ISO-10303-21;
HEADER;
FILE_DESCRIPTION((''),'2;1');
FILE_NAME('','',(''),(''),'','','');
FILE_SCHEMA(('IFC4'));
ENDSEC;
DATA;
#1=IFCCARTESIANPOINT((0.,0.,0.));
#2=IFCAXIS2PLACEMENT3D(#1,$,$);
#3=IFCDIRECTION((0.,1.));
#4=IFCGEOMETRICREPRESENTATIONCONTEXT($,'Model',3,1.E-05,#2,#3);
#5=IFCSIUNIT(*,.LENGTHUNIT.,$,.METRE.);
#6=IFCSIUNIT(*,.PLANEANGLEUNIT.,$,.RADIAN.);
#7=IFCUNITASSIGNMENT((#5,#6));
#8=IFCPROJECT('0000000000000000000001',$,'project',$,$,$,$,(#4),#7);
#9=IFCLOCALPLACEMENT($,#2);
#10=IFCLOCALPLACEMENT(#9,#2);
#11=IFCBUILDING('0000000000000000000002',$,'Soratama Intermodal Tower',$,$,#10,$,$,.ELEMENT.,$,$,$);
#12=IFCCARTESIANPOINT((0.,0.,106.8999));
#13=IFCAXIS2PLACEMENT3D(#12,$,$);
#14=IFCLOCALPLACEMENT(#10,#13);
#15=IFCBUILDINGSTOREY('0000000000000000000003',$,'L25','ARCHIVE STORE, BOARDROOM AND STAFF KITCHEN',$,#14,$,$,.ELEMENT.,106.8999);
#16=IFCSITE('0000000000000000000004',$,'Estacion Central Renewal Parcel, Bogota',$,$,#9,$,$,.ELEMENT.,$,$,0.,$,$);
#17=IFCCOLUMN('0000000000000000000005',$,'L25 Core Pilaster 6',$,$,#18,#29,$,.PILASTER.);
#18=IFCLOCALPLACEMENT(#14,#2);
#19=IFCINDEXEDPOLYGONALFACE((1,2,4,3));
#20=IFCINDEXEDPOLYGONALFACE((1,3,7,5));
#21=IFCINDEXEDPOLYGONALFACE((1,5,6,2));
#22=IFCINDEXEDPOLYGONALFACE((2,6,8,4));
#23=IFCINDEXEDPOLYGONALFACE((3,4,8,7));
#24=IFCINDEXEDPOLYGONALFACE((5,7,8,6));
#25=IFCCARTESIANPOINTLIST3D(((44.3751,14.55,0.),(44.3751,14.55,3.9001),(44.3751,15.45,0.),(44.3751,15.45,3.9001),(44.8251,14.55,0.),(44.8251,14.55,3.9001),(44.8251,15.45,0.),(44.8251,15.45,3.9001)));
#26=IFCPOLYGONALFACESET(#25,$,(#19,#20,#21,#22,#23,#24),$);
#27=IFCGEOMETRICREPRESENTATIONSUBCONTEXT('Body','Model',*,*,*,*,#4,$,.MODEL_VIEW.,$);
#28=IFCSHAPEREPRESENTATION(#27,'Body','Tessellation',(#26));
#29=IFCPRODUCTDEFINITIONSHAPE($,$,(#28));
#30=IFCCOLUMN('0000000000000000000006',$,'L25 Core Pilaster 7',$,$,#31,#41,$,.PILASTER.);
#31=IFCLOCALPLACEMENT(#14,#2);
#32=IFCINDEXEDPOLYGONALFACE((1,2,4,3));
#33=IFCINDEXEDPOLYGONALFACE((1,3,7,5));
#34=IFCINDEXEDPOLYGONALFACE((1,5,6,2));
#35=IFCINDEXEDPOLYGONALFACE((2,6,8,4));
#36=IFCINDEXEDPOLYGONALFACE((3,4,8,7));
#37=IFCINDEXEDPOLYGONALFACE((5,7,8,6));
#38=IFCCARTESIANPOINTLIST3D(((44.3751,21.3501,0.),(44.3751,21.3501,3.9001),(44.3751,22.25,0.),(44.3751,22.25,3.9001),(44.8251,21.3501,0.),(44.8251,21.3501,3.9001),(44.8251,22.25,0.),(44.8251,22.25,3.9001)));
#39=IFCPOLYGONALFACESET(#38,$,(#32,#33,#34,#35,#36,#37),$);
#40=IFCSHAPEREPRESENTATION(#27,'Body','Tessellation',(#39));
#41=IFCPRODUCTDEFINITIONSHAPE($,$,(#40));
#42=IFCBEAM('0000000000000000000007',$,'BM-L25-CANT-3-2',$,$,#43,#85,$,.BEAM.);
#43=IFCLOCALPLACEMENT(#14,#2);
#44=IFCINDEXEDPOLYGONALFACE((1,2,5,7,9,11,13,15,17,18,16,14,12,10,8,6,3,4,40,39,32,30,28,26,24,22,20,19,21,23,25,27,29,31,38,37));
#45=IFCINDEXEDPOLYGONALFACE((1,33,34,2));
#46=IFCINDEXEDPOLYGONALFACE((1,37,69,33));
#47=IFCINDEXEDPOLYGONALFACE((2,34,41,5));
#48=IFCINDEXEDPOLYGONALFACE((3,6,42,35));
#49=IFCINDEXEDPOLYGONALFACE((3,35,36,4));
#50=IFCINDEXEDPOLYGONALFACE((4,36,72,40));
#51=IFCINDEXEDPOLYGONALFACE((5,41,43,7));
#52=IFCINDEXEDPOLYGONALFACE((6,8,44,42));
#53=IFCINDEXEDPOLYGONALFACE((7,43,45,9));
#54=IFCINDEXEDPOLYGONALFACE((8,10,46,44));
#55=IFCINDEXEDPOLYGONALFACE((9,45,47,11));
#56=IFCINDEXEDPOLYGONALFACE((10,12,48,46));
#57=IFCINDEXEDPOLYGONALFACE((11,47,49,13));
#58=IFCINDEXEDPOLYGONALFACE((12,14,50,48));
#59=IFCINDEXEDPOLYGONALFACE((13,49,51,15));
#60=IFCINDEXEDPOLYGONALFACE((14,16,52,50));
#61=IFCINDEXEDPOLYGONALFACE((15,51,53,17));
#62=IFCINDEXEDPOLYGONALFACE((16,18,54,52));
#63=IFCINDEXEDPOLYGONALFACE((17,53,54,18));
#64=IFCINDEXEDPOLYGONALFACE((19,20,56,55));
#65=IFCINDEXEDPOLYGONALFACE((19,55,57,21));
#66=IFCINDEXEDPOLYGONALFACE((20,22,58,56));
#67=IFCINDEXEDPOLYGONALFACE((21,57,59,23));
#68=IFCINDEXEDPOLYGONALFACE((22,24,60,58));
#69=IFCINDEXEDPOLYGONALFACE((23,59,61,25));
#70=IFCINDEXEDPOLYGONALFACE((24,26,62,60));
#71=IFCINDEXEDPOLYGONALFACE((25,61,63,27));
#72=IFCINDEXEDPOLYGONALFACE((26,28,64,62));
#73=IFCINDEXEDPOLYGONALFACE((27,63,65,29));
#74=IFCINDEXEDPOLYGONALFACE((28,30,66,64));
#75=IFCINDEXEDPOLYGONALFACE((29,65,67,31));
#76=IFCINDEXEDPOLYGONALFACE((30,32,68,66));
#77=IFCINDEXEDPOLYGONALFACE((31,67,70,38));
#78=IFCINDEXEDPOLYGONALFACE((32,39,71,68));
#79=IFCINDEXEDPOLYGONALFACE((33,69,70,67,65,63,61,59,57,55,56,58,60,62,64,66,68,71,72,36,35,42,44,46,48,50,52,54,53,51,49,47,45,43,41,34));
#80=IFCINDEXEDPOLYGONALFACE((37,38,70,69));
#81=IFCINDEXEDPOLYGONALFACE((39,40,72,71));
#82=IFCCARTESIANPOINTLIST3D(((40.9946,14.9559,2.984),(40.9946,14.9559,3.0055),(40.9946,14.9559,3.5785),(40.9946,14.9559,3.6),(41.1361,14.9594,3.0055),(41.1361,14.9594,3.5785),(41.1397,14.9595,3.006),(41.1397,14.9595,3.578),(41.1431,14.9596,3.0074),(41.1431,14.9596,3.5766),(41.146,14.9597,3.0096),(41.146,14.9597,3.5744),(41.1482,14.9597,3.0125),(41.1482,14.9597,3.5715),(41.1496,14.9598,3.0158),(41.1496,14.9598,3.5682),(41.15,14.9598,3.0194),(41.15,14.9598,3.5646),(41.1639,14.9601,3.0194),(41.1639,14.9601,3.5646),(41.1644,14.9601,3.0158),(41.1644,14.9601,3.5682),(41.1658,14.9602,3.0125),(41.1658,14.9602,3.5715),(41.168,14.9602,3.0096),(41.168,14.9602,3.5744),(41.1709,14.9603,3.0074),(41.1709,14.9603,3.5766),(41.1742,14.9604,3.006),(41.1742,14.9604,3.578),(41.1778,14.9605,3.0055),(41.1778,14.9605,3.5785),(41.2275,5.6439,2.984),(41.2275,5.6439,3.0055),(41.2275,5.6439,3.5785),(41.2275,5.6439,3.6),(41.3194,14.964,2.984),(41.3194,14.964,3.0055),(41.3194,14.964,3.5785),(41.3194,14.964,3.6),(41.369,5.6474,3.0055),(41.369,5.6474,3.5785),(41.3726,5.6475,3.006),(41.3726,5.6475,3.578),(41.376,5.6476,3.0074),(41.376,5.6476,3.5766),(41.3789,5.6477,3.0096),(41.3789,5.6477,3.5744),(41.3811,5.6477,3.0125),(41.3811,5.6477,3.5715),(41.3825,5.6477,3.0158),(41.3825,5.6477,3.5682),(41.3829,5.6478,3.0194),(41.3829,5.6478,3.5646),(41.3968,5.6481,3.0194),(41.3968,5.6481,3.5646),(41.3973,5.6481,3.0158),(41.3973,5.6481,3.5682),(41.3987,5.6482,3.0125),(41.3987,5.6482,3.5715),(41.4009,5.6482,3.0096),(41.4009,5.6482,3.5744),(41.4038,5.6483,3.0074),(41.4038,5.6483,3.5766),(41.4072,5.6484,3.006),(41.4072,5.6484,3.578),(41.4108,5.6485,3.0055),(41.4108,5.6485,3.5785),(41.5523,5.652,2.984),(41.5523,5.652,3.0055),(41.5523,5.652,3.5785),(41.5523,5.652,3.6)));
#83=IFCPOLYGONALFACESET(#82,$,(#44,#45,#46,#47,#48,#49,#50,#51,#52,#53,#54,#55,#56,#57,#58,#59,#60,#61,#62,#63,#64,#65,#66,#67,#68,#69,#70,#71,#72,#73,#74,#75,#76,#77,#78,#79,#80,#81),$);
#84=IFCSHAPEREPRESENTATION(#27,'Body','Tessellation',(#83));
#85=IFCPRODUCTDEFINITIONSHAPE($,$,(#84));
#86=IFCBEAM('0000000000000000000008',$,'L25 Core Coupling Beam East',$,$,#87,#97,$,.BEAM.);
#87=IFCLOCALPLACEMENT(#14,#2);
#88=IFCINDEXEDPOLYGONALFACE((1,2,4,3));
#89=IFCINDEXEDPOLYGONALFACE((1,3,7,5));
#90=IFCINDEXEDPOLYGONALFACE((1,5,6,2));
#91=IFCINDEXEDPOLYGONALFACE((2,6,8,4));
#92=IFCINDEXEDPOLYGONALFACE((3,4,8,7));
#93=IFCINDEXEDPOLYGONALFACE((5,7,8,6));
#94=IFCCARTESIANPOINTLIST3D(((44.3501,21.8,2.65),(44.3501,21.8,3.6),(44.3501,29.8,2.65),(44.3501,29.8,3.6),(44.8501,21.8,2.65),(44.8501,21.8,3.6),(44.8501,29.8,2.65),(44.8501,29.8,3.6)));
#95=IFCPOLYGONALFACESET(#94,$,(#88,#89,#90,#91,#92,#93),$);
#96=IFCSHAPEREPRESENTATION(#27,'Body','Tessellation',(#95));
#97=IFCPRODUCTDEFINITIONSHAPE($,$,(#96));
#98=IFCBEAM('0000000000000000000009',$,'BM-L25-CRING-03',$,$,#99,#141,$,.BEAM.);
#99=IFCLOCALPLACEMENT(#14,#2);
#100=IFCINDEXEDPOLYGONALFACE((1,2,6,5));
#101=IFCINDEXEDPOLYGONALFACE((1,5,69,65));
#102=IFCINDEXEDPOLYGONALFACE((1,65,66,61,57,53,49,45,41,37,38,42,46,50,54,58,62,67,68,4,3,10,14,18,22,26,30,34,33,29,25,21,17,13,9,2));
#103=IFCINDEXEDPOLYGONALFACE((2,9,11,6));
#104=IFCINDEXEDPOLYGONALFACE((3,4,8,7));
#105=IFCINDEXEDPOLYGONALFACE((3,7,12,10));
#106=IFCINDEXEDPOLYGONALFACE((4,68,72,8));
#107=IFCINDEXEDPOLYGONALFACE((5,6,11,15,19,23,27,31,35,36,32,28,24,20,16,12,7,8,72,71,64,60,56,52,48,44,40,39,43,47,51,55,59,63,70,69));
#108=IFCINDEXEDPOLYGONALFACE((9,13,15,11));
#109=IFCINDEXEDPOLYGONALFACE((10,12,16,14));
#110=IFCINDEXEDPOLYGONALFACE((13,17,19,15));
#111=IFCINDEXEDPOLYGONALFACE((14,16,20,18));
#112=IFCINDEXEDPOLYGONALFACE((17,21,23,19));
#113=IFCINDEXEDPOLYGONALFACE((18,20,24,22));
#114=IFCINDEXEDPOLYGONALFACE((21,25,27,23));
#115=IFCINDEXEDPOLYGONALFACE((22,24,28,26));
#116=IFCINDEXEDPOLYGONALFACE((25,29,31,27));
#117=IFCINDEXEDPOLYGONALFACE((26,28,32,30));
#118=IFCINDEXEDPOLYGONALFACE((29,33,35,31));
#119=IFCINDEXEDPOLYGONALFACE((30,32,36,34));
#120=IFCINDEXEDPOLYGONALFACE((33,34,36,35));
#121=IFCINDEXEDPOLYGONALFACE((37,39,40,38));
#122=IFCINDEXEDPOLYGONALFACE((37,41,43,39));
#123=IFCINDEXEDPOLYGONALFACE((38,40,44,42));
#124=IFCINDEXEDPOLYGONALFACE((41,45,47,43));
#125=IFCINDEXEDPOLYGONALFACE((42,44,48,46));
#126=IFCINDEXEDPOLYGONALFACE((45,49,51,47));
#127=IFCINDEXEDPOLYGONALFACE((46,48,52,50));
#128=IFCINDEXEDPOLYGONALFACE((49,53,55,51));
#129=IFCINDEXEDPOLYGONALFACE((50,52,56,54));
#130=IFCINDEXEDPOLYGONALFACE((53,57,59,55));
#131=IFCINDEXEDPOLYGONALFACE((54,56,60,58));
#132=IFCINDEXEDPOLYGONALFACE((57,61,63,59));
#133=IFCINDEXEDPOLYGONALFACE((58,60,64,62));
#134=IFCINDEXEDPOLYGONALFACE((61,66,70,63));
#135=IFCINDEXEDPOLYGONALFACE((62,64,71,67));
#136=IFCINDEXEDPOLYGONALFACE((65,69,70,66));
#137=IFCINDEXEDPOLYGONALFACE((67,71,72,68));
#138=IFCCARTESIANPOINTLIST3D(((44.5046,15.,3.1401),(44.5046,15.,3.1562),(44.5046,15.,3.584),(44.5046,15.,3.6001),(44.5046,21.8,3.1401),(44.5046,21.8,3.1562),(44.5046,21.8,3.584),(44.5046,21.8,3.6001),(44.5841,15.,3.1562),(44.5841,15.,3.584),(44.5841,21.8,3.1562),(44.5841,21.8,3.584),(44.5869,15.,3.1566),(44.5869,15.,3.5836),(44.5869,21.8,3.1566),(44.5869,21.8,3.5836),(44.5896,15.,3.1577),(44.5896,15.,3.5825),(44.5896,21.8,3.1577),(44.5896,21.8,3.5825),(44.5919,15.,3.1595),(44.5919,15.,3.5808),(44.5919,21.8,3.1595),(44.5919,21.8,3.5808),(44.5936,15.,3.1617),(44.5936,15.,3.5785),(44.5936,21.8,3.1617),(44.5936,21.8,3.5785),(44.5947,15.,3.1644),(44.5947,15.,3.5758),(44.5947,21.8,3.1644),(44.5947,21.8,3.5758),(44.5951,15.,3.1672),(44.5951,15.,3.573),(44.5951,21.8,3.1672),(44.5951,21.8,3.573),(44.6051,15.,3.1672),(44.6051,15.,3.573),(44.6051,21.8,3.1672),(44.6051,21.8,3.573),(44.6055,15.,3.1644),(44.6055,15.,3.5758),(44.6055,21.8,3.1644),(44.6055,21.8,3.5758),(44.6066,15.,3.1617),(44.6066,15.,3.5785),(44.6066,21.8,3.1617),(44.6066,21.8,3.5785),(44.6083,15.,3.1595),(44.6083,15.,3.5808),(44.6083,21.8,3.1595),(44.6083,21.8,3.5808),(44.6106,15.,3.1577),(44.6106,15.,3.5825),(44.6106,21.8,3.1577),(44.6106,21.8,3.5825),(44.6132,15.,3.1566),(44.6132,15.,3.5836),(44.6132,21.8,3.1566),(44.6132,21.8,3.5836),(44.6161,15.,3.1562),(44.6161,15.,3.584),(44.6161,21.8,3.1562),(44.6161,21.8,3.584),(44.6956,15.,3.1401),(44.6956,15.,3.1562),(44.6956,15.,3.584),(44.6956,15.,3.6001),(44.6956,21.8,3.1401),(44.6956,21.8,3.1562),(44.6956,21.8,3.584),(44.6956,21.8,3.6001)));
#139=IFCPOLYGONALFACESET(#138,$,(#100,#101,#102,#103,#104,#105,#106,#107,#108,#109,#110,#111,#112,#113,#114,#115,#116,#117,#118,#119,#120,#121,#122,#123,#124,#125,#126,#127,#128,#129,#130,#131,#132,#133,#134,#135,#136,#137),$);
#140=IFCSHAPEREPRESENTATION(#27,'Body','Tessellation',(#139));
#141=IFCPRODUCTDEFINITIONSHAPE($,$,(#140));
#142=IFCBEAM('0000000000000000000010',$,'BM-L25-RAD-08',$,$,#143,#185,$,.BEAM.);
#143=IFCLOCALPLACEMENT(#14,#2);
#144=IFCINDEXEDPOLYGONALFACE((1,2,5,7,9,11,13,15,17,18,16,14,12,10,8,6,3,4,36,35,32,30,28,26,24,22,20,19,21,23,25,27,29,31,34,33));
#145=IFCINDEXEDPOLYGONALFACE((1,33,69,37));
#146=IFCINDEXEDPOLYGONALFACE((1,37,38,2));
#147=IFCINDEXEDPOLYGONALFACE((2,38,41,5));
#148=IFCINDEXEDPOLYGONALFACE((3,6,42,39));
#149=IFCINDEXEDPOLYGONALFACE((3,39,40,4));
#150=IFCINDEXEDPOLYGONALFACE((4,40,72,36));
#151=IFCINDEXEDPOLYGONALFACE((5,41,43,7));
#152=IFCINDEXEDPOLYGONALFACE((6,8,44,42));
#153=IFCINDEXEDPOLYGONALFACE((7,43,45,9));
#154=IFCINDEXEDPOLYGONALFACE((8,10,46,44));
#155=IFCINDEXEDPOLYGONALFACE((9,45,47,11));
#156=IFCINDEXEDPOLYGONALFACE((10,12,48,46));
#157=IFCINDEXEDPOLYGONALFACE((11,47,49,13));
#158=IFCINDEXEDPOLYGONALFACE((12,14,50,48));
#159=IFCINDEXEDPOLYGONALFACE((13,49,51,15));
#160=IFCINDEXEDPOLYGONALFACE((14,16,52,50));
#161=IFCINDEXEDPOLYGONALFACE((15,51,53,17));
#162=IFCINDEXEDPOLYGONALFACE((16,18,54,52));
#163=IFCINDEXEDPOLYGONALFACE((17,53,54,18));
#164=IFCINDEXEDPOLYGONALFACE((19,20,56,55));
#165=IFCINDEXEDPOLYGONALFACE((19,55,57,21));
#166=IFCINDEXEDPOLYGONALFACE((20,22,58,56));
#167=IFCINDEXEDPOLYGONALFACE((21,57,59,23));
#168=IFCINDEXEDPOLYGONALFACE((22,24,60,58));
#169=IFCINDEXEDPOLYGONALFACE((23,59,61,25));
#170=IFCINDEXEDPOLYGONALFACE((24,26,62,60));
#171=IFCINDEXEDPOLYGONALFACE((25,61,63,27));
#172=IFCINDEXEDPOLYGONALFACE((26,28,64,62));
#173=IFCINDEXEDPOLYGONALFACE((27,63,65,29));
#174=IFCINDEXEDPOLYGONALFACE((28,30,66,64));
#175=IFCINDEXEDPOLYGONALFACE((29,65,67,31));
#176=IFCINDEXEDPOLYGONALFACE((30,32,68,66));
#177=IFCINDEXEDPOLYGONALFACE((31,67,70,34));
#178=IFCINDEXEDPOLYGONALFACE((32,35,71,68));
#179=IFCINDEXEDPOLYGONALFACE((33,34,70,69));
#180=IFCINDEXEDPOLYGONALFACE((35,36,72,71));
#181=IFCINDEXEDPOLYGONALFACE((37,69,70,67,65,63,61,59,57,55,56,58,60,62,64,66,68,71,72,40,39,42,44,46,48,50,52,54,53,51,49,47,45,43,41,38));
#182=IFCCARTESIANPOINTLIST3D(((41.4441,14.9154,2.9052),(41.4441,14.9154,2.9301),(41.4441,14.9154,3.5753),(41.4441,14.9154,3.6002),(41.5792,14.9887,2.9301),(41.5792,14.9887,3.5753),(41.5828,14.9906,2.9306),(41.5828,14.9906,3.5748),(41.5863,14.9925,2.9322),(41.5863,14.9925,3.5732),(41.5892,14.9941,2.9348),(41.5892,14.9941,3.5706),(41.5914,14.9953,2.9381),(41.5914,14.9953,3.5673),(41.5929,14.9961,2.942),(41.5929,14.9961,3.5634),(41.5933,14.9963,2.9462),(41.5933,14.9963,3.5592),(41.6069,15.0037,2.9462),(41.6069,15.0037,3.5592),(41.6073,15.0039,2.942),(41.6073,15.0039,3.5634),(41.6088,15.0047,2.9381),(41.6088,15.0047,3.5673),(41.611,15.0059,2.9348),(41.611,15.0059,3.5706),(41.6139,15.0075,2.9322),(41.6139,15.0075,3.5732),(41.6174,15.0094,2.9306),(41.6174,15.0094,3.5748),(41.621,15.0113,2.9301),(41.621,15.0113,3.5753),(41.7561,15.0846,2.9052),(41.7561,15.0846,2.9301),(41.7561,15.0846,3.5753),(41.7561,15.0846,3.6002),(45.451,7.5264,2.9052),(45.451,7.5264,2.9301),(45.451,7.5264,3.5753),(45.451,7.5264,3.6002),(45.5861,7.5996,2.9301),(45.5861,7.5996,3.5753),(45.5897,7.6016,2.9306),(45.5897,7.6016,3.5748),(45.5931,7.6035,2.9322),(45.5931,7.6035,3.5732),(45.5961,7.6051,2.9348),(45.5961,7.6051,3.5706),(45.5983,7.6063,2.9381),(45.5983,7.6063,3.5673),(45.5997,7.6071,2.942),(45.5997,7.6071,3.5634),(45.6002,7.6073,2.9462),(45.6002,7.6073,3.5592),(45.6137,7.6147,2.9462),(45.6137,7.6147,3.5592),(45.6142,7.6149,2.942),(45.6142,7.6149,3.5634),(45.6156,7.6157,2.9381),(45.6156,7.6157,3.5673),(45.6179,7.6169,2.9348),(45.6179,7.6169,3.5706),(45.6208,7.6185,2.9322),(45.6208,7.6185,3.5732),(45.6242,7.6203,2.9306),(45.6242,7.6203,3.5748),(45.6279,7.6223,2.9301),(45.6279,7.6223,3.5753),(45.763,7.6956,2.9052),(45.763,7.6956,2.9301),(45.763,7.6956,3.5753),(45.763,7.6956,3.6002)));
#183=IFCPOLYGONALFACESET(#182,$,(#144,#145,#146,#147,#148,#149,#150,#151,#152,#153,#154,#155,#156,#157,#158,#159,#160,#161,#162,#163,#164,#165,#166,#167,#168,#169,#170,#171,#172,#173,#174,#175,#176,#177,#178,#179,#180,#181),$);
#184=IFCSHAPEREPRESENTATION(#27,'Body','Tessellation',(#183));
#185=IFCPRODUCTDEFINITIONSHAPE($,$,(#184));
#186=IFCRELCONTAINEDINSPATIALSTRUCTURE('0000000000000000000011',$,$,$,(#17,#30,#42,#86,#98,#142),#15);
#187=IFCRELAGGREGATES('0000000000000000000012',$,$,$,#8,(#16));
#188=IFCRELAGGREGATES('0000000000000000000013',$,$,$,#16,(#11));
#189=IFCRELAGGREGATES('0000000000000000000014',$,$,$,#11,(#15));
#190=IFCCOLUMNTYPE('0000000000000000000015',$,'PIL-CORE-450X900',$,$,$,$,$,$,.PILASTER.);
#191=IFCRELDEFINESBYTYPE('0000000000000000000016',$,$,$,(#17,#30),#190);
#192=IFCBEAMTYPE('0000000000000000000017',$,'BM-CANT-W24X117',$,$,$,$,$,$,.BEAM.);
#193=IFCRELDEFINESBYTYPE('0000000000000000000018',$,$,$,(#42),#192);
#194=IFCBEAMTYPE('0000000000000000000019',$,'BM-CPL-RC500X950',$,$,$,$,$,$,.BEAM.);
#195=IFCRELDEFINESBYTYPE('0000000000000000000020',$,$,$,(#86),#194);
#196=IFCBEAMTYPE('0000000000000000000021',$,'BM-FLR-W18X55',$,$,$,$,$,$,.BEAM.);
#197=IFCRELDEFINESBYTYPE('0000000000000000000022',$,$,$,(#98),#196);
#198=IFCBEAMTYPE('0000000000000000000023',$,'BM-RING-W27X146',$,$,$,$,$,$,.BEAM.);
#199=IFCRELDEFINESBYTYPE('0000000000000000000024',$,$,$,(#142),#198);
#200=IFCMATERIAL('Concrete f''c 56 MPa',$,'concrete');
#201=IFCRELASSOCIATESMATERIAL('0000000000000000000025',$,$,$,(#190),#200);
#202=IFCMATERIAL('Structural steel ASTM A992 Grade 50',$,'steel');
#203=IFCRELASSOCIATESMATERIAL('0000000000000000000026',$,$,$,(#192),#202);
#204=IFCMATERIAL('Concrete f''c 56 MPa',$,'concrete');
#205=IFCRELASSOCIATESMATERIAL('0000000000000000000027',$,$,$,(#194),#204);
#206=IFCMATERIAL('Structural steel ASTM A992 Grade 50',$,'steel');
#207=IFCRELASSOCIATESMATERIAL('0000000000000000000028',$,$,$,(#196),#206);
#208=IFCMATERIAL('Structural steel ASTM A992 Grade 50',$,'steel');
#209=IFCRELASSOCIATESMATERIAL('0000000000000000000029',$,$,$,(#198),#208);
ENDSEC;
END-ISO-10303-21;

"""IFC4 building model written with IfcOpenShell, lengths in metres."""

from ifc_helpers import new_model, si_unit, direction, frame, origin, origin_2d, place, context, subcontext, project, spatial, rectangle, i_section, extrude, material, material_profile, profile_set, type_object, element, save


model = new_model("IFC4")

# Units and contexts
model_context = context("Model", 3, precision=1e-05, world=origin(), true_north=direction((0.0, 1.0)))
body_context = subcontext(model_context, "Body", "Model", "MODEL_VIEW")
ifc_project = project(units=[si_unit("LENGTHUNIT", "METRE"), si_unit("PLANEANGLEUNIT", "RADIAN")], contexts=[model_context])

# Site, building, storey
site_placement = place(None, origin())
site = spatial("IfcSite", under=ifc_project, at=site_placement, Name="Estacion Central Renewal Parcel, Bogota", CompositionType="ELEMENT", RefElevation=0.0)
building_placement = place(site_placement, origin())
building = spatial("IfcBuilding", under=site, at=building_placement, Name="Soratama Intermodal Tower", CompositionType="ELEMENT")
storey_placement = place(building_placement, frame((0.0, 0.0, 106.8999)))
storey = spatial("IfcBuildingStorey", under=building, at=storey_placement, Name="L25", Description="ARCHIVE STORE, BOARDROOM AND STAFF KITCHEN", CompositionType="ELEMENT", Elevation=106.8999)

# Columns
ifc_material_1 = material(Name="Concrete f'c 56 MPa", Category="concrete")
ifc_material_profile_1 = material_profile(ifc_material_1, rectangle(XDim=0.45, YDim=0.8999, at=origin_2d()), Name="RC450X900")
ifc_profile_set_1 = profile_set([ifc_material_profile_1], Name="Concrete f'c 56 MPa")
column_type = type_object("IfcColumnType", Name="PIL-CORE-450X900", PredefinedType="PILASTER", material=ifc_profile_set_1)
for number, where, z_axis, x_axis, name in (
    (1, (44.6001, 15.0, 0.0), (0.0, 0.0, 1.0), (1.0, 0.0, 0.0), "L25 Core Pilaster 6"),
    (2, (44.6001, 21.8, 0.0), (0.0, 0.0, 1.0), (1.0, 0.0, 0.0), "L25 Core Pilaster 7"),
):
    element("IfcColumn", number, at=place(storey_placement, frame(where, z_axis=z_axis, x_axis=x_axis)), inside=storey, type_object=column_type, Name=name, PredefinedType="PILASTER", context=body_context, shape_type="SweptSolid", body=[
        extrude(rectangle(XDim=0.45, YDim=0.8999, at=origin_2d()), origin(), (0.0, 0.0, 1.0), 3.9001),
    ])

# Beams
ifc_material_2 = material(Name="Structural steel ASTM A992 Grade 50", Category="steel")
ifc_material_profile_2 = material_profile(ifc_material_2, i_section(OverallWidth=0.325, OverallDepth=0.616, WebThickness=0.0139, FlangeThickness=0.0215, FilletRadius=0.0139, at=origin_2d()), Name="W24X117")
ifc_profile_set_2 = profile_set([ifc_material_profile_2], Name="Structural steel ASTM A992 Grade 50")
beam_type_1 = type_object("IfcBeamType", Name="BM-CANT-W24X117", PredefinedType="BEAM", material=ifc_profile_set_2)
beam_1_placement = place(storey_placement, frame((41.157, 14.96, 3.292), z_axis=(0.025004, -0.999687, 0.0), x_axis=(0.999687, 0.025004, 0.0)))
element("IfcBeam", 3, at=beam_1_placement, inside=storey, type_object=beam_type_1, Name="BM-L25-CANT-3-2", PredefinedType="BEAM", context=body_context, shape_type="SweptSolid", body=[
    extrude(i_section(OverallWidth=0.325, OverallDepth=0.616, WebThickness=0.0139, FlangeThickness=0.0215, FilletRadius=0.0139, at=origin_2d()), origin(), (0.0, 0.0, 1.0), 9.3149),
])
ifc_material_3 = material(Name="Concrete f'c 56 MPa", Category="concrete")
ifc_material_profile_3 = material_profile(ifc_material_3, rectangle(XDim=0.5, YDim=0.95, at=origin_2d()), Name="RC500X950")
ifc_profile_set_3 = profile_set([ifc_material_profile_3], Name="Concrete f'c 56 MPa")
beam_type_2 = type_object("IfcBeamType", Name="BM-CPL-RC500X950", PredefinedType="BEAM", material=ifc_profile_set_3)
beam_2_placement = place(storey_placement, frame((44.6001, 21.8, 3.125), z_axis=(0.0, 1.0, 0.0), x_axis=(-1.0, 0.0, 0.0)))
element("IfcBeam", 4, at=beam_2_placement, inside=storey, type_object=beam_type_2, Name="L25 Core Coupling Beam East", PredefinedType="BEAM", context=body_context, shape_type="SweptSolid", body=[
    extrude(rectangle(XDim=0.5, YDim=0.95, at=origin_2d()), origin(), (0.0, 0.0, 1.0), 8.0),
])
ifc_material_4 = material(Name="Structural steel ASTM A992 Grade 50", Category="steel")
ifc_material_profile_4 = material_profile(ifc_material_4, i_section(OverallWidth=0.1909, OverallDepth=0.46, WebThickness=0.01, FlangeThickness=0.0161, FilletRadius=0.011, at=origin_2d()), Name="W18X55")
ifc_profile_set_4 = profile_set([ifc_material_profile_4], Name="Structural steel ASTM A992 Grade 50")
beam_type_3 = type_object("IfcBeamType", Name="BM-FLR-W18X55", PredefinedType="BEAM", material=ifc_profile_set_4)
beam_3_placement = place(storey_placement, frame((44.6001, 15.0, 3.3701), z_axis=(0.0, 1.0, 0.0), x_axis=(-1.0, 0.0, 0.0)))
element("IfcBeam", 5, at=beam_3_placement, inside=storey, type_object=beam_type_3, Name="BM-L25-CRING-03", PredefinedType="BEAM", context=body_context, shape_type="SweptSolid", body=[
    extrude(i_section(OverallWidth=0.1909, OverallDepth=0.46, WebThickness=0.01, FlangeThickness=0.0161, FilletRadius=0.011, at=origin_2d()), origin(), (0.0, 0.0, 1.0), 6.8),
])
ifc_material_5 = material(Name="Structural steel ASTM A992 Grade 50", Category="steel")
ifc_material_profile_5 = material_profile(ifc_material_5, i_section(OverallWidth=0.355, OverallDepth=0.6951, WebThickness=0.0154, FlangeThickness=0.0249, FilletRadius=0.0161, at=origin_2d()), Name="W27X146")
ifc_profile_set_5 = profile_set([ifc_material_profile_5], Name="Structural steel ASTM A992 Grade 50")
beam_type_4 = type_object("IfcBeamType", Name="BM-RING-W27X146", PredefinedType="BEAM", material=ifc_profile_set_5)
beam_4_placement = place(storey_placement, frame((41.6001, 15.0, 3.2527), z_axis=(0.476698, -0.879067, 0.0), x_axis=(0.879067, 0.476698, 0.0)))
element("IfcBeam", 6, at=beam_4_placement, inside=storey, type_object=beam_type_4, Name="BM-L25-RAD-08", PredefinedType="BEAM", context=body_context, shape_type="SweptSolid", body=[
    extrude(i_section(OverallWidth=0.355, OverallDepth=0.6951, WebThickness=0.0154, FlangeThickness=0.0249, FilletRadius=0.0161, at=origin_2d()), origin(), (0.0, 0.0, 1.0), 8.4055),
])

save(model, "model.ifc")
